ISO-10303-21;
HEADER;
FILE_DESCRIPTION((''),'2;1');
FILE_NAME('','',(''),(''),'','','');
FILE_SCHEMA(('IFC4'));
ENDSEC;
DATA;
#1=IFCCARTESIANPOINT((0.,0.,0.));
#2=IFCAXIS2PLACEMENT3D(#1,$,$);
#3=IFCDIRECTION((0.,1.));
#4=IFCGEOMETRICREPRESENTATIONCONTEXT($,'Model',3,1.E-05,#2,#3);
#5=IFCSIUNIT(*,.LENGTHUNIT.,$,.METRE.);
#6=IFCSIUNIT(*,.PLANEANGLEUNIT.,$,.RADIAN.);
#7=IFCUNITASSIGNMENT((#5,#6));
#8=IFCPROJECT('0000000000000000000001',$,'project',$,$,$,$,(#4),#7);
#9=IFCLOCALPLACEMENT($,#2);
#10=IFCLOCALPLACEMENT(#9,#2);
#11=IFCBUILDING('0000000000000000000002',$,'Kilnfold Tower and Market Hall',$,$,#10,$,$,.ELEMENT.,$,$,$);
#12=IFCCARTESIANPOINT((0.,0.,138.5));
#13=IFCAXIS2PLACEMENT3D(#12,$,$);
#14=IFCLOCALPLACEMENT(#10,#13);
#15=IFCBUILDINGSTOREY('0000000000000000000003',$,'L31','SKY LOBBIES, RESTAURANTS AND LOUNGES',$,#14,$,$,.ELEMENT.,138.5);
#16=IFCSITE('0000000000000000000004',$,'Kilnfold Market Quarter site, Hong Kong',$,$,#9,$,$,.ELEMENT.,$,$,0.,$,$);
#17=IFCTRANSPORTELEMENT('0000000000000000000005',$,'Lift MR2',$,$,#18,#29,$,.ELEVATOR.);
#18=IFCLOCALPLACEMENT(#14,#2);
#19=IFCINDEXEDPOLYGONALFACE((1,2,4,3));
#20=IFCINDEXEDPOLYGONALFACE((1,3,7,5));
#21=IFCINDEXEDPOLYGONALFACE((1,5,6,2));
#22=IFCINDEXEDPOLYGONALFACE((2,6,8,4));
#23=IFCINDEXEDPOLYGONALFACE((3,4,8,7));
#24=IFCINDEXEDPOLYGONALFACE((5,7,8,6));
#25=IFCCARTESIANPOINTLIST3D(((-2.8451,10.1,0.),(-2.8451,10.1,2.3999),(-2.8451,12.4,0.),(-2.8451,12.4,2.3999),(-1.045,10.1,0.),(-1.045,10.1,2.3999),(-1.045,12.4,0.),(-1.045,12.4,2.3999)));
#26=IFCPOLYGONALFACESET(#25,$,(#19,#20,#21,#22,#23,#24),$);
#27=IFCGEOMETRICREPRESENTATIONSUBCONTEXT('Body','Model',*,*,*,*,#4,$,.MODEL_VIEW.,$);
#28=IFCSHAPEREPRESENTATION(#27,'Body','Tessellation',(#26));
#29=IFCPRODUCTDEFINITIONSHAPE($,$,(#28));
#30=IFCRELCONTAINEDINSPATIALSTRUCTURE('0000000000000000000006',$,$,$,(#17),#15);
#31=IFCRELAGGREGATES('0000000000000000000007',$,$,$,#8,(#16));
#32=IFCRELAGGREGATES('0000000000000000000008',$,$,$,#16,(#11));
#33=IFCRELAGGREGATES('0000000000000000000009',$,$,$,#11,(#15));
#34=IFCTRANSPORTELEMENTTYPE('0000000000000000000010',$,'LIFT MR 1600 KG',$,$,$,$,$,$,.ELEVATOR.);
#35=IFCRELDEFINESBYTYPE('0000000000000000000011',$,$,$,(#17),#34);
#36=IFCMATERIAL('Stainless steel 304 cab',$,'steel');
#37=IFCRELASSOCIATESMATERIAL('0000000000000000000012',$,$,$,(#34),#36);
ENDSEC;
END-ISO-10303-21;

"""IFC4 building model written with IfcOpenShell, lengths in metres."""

from ifc_helpers import new_model, si_unit, direction, frame, origin, origin_2d, place, context, subcontext, project, spatial, rectangle, extrude, source, transform, mapped, material, type_object, element, save


model = new_model("IFC4")

# Units and contexts
model_context = context("Model", 3, precision=1e-05, world=origin(), true_north=direction((0.0, 1.0)))
body_context = subcontext(model_context, "Body", "Model", "MODEL_VIEW")
ifc_project = project(units=[si_unit("LENGTHUNIT", "METRE"), si_unit("PLANEANGLEUNIT", "RADIAN")], contexts=[model_context])

# Site, building, storey
site_placement = place(None, origin())
site = spatial("IfcSite", under=ifc_project, at=site_placement, Name="Kilnfold Market Quarter site, Hong Kong", CompositionType="ELEMENT", RefElevation=0.0)
building_placement = place(site_placement, origin())
building = spatial("IfcBuilding", under=site, at=building_placement, Name="Kilnfold Tower and Market Hall", CompositionType="ELEMENT")
storey_placement = place(building_placement, frame((0.0, 0.0, 138.5)))
storey = spatial("IfcBuildingStorey", under=building, at=storey_placement, Name="L31", Description="SKY LOBBIES, RESTAURANTS AND LOUNGES", CompositionType="ELEMENT", Elevation=138.5)

# Transport element
ifc_material_1 = material(Name="Stainless steel 304 cab", Category="steel")
transport_element_type = type_object("IfcTransportElementType", Name="LIFT MR 1600 KG", PredefinedType="ELEVATOR", material=ifc_material_1)
shared_shape_1 = source(origin(), body_context, "Body", "SweptSolid", [
    extrude(rectangle(XDim=1.8, YDim=2.3, at=origin_2d()), origin(), (0.0, 0.0, 1.0), 2.3999),
])
for number, where, z_axis, x_axis, name in (
    (1, (-1.9451, 11.25, 0.0), (0.0, 0.0, 1.0), (1.0, 0.0, 0.0), "Lift MR2"),
):
    element("IfcTransportElement", number, at=place(storey_placement, frame(where, z_axis=z_axis, x_axis=x_axis)), inside=storey, type_object=transport_element_type, Name=name, PredefinedType="ELEVATOR", context=body_context, shape_type="MappedRepresentation", body=[
        mapped(shared_shape_1, transform((0.0, 0.0, 0.0))),
    ])

save(model, "model.ifc")
